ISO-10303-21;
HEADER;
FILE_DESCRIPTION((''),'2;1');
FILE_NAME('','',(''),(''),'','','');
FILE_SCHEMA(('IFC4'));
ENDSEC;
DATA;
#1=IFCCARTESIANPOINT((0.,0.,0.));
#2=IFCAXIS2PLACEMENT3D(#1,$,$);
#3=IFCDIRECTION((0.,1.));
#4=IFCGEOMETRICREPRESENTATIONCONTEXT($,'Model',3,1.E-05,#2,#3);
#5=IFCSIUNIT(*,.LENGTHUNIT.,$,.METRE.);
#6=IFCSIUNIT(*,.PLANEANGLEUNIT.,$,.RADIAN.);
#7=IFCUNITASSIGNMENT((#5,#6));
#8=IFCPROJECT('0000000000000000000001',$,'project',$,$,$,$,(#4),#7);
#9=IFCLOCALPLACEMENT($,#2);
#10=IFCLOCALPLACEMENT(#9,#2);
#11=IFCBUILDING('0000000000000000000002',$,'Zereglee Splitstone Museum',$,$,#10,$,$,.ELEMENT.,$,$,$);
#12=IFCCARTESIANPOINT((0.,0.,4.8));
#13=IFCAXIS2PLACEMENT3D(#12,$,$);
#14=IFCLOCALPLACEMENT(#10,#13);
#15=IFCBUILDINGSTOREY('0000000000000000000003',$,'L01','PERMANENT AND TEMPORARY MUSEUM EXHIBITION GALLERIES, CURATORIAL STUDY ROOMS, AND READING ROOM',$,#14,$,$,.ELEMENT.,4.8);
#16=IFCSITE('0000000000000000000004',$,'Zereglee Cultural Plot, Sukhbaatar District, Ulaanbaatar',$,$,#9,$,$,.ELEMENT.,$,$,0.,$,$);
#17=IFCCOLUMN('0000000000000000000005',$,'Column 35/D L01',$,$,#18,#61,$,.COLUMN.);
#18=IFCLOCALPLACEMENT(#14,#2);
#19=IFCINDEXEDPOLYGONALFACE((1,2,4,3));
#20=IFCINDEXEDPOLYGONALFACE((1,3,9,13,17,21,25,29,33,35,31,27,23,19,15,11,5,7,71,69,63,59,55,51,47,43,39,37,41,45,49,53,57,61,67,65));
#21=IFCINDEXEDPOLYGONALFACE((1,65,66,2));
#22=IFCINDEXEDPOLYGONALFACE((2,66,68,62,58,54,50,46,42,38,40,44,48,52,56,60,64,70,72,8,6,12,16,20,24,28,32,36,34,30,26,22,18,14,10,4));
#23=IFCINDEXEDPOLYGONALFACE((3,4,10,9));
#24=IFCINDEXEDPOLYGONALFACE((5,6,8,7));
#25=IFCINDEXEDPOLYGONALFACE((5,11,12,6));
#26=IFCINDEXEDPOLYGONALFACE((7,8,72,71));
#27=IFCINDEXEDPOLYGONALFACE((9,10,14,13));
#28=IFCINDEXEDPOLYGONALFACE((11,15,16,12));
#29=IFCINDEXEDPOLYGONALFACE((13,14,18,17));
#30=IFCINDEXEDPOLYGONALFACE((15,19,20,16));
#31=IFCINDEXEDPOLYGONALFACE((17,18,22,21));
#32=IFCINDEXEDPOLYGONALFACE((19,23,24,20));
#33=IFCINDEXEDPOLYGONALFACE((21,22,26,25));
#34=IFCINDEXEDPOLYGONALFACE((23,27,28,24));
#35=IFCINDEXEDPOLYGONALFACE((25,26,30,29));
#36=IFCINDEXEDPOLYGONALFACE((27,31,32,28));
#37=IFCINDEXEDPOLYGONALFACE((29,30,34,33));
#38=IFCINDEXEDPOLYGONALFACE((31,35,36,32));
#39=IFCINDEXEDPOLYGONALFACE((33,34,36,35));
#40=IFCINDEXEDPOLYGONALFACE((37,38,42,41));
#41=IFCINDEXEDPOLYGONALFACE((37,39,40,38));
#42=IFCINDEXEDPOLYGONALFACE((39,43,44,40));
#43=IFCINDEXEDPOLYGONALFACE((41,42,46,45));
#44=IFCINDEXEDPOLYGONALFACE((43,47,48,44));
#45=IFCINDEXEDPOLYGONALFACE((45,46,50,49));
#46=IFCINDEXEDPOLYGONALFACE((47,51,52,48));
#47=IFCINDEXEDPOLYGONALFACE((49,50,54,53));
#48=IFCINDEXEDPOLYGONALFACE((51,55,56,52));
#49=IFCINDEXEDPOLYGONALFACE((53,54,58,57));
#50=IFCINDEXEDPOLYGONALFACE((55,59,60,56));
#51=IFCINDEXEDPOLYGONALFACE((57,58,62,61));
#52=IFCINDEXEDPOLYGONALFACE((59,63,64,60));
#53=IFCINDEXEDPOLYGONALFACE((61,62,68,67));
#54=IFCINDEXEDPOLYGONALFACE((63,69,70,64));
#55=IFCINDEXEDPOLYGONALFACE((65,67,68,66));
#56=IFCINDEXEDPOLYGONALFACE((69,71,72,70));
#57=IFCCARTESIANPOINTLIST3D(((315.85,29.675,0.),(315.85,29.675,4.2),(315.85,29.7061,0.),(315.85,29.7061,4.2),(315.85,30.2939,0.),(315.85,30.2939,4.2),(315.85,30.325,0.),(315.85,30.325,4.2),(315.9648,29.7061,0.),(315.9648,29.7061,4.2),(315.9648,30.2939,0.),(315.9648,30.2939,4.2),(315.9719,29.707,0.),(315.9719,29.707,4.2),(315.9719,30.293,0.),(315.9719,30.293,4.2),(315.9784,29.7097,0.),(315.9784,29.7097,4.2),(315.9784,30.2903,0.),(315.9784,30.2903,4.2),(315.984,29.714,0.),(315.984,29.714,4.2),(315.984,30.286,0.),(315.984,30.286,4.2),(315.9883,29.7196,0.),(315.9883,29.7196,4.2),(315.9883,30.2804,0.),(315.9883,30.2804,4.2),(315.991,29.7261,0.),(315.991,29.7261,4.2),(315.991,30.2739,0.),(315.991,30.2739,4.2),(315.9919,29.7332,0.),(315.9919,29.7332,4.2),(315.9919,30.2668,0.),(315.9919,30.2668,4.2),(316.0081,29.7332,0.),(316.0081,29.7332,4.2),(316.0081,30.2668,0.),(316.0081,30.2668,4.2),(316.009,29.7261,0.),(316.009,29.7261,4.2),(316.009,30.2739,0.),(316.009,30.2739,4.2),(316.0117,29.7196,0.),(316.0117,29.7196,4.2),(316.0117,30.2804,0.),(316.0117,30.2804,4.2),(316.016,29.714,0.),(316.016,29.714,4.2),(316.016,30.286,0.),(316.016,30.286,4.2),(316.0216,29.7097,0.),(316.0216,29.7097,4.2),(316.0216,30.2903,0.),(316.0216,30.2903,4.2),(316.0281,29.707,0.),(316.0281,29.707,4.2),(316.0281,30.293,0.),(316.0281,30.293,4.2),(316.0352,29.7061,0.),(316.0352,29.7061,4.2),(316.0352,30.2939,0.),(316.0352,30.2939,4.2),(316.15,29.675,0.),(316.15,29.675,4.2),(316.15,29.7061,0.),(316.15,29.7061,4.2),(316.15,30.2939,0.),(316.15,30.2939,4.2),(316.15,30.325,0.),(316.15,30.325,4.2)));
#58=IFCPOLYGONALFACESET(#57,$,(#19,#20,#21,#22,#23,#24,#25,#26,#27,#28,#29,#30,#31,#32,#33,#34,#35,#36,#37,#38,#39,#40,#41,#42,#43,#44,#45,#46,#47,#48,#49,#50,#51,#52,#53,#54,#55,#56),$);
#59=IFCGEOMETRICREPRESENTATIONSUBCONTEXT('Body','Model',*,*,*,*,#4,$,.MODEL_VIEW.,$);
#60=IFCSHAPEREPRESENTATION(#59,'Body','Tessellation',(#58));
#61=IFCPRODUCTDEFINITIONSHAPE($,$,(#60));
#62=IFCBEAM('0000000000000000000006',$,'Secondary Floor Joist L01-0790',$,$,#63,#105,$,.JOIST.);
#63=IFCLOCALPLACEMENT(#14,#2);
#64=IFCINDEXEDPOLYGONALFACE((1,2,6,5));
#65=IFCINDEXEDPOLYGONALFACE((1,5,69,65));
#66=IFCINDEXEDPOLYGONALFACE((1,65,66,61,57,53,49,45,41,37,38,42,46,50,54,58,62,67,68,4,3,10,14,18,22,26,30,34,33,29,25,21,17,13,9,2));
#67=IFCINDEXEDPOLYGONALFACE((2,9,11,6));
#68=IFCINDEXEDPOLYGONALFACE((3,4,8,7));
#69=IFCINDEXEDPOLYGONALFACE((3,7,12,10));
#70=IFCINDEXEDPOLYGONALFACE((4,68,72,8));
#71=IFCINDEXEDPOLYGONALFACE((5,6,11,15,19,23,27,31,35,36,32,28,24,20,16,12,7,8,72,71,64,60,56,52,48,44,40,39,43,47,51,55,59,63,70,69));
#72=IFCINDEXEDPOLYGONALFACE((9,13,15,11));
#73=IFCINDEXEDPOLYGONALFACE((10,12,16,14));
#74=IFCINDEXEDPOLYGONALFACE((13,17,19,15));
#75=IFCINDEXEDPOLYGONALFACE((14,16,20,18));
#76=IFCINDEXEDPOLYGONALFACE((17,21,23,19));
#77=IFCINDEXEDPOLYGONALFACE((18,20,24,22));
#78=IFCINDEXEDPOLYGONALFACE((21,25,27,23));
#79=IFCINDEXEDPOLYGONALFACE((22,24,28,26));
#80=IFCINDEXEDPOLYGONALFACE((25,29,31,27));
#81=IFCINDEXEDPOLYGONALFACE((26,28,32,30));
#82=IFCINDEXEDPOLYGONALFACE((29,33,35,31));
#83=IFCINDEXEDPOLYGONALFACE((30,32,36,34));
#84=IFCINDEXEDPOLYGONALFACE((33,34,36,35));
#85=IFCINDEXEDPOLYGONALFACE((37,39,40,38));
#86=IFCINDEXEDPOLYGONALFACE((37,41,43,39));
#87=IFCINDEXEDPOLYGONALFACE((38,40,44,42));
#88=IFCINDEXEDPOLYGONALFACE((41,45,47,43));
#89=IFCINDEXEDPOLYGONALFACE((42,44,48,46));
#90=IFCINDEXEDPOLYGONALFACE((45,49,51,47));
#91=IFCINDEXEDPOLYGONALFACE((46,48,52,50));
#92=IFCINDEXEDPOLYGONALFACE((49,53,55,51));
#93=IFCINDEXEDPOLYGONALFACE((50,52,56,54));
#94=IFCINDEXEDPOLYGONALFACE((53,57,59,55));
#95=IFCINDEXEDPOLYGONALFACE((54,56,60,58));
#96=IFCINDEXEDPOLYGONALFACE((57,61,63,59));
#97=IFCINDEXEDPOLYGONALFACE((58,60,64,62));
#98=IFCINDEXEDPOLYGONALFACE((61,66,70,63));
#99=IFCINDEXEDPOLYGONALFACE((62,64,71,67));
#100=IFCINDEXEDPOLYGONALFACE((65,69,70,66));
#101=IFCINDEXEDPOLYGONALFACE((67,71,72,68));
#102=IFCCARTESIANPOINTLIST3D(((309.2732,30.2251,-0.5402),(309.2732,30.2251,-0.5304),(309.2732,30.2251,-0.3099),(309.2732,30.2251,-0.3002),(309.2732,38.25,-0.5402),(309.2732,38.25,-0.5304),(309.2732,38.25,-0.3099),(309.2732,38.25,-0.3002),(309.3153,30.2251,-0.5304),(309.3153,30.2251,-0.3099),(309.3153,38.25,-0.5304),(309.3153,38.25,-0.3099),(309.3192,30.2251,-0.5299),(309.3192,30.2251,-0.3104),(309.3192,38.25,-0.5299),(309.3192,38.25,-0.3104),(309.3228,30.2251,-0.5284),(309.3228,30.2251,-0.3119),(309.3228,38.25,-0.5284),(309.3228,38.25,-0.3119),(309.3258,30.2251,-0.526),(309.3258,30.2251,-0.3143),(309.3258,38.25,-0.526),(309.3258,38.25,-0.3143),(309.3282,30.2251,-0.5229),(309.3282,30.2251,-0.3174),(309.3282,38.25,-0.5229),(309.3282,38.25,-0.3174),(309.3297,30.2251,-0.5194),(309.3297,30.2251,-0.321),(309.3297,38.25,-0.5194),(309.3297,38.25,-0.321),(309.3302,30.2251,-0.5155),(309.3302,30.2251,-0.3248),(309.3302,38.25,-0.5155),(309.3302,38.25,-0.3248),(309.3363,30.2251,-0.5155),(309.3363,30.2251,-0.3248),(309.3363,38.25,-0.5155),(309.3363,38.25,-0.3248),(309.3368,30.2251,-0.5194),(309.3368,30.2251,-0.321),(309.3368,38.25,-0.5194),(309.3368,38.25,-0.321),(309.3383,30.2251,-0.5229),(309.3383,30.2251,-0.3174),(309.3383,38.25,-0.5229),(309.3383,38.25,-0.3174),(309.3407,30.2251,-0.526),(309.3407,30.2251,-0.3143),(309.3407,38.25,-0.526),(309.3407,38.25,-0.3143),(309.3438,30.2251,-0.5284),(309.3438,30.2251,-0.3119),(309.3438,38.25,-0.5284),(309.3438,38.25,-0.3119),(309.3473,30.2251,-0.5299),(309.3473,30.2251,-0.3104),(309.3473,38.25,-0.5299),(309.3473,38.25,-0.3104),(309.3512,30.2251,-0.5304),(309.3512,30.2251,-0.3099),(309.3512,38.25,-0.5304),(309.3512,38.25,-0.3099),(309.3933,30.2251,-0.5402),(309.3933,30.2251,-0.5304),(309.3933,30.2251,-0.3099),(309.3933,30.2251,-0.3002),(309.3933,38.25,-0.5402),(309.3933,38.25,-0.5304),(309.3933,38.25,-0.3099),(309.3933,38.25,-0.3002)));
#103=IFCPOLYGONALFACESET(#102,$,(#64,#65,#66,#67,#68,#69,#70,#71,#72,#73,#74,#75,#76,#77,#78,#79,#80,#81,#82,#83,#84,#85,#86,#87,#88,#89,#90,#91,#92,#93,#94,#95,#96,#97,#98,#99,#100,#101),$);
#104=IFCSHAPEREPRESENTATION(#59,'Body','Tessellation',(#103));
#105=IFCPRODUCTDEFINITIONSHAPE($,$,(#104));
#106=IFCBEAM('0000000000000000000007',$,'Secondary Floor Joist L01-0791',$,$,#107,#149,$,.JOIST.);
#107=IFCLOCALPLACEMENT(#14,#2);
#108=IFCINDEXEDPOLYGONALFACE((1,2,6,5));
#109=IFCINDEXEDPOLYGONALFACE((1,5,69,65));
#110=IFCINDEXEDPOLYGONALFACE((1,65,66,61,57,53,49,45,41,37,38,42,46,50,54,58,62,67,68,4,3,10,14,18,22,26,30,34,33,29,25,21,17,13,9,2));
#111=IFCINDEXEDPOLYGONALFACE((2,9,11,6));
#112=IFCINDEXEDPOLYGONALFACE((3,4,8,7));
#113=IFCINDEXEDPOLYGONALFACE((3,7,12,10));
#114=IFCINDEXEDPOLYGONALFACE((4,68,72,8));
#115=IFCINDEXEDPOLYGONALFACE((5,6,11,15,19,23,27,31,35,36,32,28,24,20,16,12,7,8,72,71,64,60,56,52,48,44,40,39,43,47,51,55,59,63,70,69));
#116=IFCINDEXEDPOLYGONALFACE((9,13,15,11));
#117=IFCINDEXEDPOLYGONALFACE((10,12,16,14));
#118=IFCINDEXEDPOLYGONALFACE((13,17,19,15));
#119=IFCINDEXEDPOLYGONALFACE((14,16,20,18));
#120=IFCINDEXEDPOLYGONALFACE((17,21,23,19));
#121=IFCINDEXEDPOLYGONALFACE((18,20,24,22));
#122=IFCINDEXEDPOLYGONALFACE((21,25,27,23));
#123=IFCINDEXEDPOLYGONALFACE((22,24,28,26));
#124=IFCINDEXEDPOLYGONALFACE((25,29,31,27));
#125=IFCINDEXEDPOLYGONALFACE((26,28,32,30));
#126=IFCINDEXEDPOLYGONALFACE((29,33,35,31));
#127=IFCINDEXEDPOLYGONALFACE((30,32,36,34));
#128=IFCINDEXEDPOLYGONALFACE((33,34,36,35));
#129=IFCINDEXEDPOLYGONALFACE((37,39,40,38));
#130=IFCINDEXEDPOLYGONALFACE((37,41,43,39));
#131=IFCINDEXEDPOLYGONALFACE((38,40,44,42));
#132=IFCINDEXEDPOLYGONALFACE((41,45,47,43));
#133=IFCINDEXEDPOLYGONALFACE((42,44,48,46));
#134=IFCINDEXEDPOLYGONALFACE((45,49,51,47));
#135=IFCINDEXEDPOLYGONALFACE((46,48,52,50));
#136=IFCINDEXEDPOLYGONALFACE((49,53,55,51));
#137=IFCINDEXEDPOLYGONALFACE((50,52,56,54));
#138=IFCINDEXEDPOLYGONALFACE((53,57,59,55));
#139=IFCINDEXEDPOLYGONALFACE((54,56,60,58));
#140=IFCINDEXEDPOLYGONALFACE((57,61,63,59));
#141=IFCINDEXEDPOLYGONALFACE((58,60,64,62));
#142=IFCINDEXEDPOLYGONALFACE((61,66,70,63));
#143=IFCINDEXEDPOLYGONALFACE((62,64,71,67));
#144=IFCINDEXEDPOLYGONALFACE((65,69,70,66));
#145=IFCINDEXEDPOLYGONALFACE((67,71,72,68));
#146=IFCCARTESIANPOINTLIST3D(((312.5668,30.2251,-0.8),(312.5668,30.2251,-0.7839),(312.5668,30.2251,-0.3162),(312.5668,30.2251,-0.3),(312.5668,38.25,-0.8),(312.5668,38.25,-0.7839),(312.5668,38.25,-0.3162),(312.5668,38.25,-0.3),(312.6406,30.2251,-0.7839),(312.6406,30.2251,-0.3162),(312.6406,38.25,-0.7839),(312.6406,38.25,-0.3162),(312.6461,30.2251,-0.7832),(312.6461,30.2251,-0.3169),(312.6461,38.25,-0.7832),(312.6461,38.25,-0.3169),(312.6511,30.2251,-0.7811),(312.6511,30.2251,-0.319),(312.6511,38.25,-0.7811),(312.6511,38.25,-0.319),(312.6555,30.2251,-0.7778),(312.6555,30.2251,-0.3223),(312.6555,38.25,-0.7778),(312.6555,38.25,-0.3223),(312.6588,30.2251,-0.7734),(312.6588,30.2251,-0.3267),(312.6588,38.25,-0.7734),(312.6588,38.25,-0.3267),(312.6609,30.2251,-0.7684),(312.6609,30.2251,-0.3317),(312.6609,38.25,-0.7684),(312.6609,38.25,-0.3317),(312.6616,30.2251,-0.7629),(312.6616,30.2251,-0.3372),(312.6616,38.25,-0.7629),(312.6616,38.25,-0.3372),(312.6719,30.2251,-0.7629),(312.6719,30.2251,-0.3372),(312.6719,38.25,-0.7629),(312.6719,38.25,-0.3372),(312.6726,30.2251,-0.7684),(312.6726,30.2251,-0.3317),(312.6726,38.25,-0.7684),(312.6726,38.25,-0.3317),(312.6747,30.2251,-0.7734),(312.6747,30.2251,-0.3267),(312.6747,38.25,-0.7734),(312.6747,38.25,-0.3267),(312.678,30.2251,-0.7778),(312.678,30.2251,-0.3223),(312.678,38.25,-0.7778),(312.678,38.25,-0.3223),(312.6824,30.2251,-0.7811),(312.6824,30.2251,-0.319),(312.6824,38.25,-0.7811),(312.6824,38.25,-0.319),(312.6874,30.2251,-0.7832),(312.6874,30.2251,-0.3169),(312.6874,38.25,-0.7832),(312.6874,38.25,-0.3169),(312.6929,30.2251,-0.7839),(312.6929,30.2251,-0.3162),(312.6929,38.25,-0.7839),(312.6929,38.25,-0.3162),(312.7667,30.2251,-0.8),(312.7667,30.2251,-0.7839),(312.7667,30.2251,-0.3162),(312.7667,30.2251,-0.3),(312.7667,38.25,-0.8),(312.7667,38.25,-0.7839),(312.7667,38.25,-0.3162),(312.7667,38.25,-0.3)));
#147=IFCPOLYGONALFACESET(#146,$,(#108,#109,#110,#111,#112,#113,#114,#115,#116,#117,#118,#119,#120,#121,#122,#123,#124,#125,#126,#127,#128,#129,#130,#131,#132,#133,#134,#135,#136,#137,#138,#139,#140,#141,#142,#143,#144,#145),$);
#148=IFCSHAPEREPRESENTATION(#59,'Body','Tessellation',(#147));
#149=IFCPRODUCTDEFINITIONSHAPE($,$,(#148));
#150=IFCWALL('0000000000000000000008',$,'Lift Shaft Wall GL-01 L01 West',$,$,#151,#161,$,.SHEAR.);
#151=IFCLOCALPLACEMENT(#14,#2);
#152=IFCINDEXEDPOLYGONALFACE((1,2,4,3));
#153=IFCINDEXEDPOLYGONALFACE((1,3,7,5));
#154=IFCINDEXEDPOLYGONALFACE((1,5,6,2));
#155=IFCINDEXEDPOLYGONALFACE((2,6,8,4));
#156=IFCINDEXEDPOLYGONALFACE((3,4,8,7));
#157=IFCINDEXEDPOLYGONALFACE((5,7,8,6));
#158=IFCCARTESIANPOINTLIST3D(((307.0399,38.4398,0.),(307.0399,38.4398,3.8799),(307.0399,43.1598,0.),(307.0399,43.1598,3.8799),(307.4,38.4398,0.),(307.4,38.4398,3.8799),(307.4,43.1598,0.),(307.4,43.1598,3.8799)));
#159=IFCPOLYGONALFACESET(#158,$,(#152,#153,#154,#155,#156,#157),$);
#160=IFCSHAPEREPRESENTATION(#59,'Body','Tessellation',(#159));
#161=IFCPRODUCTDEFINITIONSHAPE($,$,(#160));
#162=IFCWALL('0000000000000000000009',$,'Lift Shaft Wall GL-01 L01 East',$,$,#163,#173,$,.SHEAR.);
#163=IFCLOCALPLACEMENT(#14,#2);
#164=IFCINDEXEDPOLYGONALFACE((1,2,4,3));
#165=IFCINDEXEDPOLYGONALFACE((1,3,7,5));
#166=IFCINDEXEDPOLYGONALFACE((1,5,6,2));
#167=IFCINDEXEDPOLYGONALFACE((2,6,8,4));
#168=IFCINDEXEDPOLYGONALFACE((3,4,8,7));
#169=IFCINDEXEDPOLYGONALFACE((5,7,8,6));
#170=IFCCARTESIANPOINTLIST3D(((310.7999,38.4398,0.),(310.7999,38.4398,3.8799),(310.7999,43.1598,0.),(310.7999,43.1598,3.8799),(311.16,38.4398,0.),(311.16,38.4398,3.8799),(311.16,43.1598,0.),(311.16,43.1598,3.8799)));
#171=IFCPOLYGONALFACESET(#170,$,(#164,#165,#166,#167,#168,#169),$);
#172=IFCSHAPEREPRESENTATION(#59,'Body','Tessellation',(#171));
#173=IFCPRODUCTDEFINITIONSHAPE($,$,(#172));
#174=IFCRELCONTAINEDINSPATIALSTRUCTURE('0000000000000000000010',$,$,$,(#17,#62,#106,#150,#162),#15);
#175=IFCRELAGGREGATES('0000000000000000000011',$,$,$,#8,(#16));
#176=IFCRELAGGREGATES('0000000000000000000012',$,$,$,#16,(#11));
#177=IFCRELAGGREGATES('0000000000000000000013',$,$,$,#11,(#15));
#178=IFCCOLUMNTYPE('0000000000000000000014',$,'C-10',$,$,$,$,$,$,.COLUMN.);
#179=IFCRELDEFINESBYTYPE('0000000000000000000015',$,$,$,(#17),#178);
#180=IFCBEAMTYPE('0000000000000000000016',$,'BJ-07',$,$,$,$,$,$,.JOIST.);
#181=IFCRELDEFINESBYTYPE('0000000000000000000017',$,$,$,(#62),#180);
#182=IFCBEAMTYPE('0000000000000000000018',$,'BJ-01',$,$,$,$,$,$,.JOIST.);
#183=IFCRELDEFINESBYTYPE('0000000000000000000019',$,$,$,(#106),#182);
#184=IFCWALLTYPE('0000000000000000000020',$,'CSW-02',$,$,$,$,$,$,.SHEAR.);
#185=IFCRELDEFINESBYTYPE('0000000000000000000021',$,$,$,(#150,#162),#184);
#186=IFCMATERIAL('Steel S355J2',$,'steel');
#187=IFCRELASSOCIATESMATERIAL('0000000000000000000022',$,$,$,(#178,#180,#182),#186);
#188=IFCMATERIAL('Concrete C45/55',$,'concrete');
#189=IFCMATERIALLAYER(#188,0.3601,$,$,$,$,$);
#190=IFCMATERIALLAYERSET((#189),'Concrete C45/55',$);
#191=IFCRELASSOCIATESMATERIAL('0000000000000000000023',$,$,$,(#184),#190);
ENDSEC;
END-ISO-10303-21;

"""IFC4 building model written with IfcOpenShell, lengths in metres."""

from ifc_helpers import new_model, si_unit, direction, frame, frame_2d, origin, origin_2d, place, context, subcontext, project, spatial, rectangle, i_section, extrude, material, layer, layer_set, material_profile, profile_set, type_object, element, save


model = new_model("IFC4")

# Units and contexts
model_context = context("Model", 3, precision=1e-05, world=origin(), true_north=direction((0.0, 1.0)))
body_context = subcontext(model_context, "Body", "Model", "MODEL_VIEW")
ifc_project = project(units=[si_unit("LENGTHUNIT", "METRE"), si_unit("PLANEANGLEUNIT", "RADIAN")], contexts=[model_context])

# Site, building, storey
site_placement = place(None, origin())
site = spatial("IfcSite", under=ifc_project, at=site_placement, Name="Zereglee Cultural Plot, Sukhbaatar District, Ulaanbaatar", CompositionType="ELEMENT", RefElevation=0.0)
building_placement = place(site_placement, origin())
building = spatial("IfcBuilding", under=site, at=building_placement, Name="Zereglee Splitstone Museum", CompositionType="ELEMENT")
storey_placement = place(building_placement, frame((0.0, 0.0, 4.8)))
storey = spatial("IfcBuildingStorey", under=building, at=storey_placement, Name="L01", Description="PERMANENT AND TEMPORARY MUSEUM EXHIBITION GALLERIES, CURATORIAL STUDY ROOMS, AND READING ROOM", CompositionType="ELEMENT", Elevation=4.8)

# Column
ifc_material_1 = material(Name="Steel S355J2", Category="steel")
ifc_material_profile_1 = material_profile(ifc_material_1, i_section(OverallWidth=0.3, OverallDepth=0.6499, WebThickness=0.0161, FlangeThickness=0.031, FilletRadius=0.0271, at=origin_2d()), Name="HE 650 B")
ifc_profile_set_1 = profile_set([ifc_material_profile_1], Name="Steel S355J2")
column_type = type_object("IfcColumnType", Name="C-10", PredefinedType="COLUMN", material=ifc_profile_set_1)
column_placement = place(storey_placement, frame((316.0, 30.0, 0.0), z_axis=(0.0, 0.0, 1.0), x_axis=(1.0, 0.0, 0.0)))
element("IfcColumn", 1, at=column_placement, inside=storey, type_object=column_type, Name="Column 35/D L01", PredefinedType="COLUMN", context=body_context, shape_type="SweptSolid", body=[
    extrude(i_section(OverallWidth=0.3, OverallDepth=0.6499, WebThickness=0.0161, FlangeThickness=0.031, FilletRadius=0.0271, at=origin_2d()), origin(), (0.0, 0.0, 1.0), 4.2),
])

# Beams
ifc_material_profile_2 = material_profile(ifc_material_1, i_section(OverallWidth=0.1201, OverallDepth=0.24, WebThickness=0.0061, FlangeThickness=0.0098, FilletRadius=0.0149, at=origin_2d()), Name="IPE 240")
ifc_profile_set_2 = profile_set([ifc_material_profile_2], Name="Steel S355J2")
beam_type_1 = type_object("IfcBeamType", Name="BJ-07", PredefinedType="JOIST", material=ifc_profile_set_2)
beam_1_placement = place(storey_placement, frame((309.3333, 30.2251, -0.4202), z_axis=(0.0, 1.0, 0.0), x_axis=(-1.0, 0.0, 0.0)))
element("IfcBeam", 2, at=beam_1_placement, inside=storey, type_object=beam_type_1, Name="Secondary Floor Joist L01-0790", PredefinedType="JOIST", context=body_context, shape_type="SweptSolid", body=[
    extrude(i_section(OverallWidth=0.1201, OverallDepth=0.24, WebThickness=0.0061, FlangeThickness=0.0098, FilletRadius=0.0149, at=origin_2d()), origin(), (0.0, 0.0, 1.0), 8.0249),
])
ifc_material_profile_3 = material_profile(ifc_material_1, i_section(OverallWidth=0.2, OverallDepth=0.5, WebThickness=0.0103, FlangeThickness=0.0161, FilletRadius=0.021, at=origin_2d()), Name="IPE 500")
ifc_profile_set_3 = profile_set([ifc_material_profile_3], Name="Steel S355J2")
beam_type_2 = type_object("IfcBeamType", Name="BJ-01", PredefinedType="JOIST", material=ifc_profile_set_3)
beam_2_placement = place(storey_placement, frame((312.6667, 30.2251, -0.55), z_axis=(0.0, 1.0, 0.0), x_axis=(-1.0, 0.0, 0.0)))
element("IfcBeam", 3, at=beam_2_placement, inside=storey, type_object=beam_type_2, Name="Secondary Floor Joist L01-0791", PredefinedType="JOIST", context=body_context, shape_type="SweptSolid", body=[
    extrude(i_section(OverallWidth=0.2, OverallDepth=0.5, WebThickness=0.0103, FlangeThickness=0.0161, FilletRadius=0.021, at=origin_2d()), origin(), (0.0, 0.0, 1.0), 8.0249),
])

# Walls
ifc_material_2 = material(Name="Concrete C45/55", Category="concrete")
ifc_layer_1 = layer(ifc_material_2, 0.3601)
ifc_layer_set_1 = layer_set([ifc_layer_1], Name="Concrete C45/55")
wall_type_1 = type_object("IfcWallType", Name="CSW-02", PredefinedType="SHEAR", material=ifc_layer_set_1)
for number, where, z_axis, x_axis, name in (
    (4, (307.22, 38.4399, 0.0), (0.0, 0.0, 1.0), (0.0, 1.0, 0.0), "Lift Shaft Wall GL-01 L01 West"),
    (5, (310.98, 38.4399, 0.0), (0.0, 0.0, 1.0), (0.0, 1.0, 0.0), "Lift Shaft Wall GL-01 L01 East"),
):
    element("IfcWall", number, at=place(storey_placement, frame(where, z_axis=z_axis, x_axis=x_axis)), inside=storey, type_object=wall_type_1, Name=name, PredefinedType="SHEAR", context=body_context, shape_type="SweptSolid", body=[
        extrude(rectangle(XDim=4.72, YDim=0.3601, at=frame_2d((2.3599, 0.0))), origin(), (0.0, 0.0, 1.0), 3.8799),
    ])

save(model, "model.ifc")
